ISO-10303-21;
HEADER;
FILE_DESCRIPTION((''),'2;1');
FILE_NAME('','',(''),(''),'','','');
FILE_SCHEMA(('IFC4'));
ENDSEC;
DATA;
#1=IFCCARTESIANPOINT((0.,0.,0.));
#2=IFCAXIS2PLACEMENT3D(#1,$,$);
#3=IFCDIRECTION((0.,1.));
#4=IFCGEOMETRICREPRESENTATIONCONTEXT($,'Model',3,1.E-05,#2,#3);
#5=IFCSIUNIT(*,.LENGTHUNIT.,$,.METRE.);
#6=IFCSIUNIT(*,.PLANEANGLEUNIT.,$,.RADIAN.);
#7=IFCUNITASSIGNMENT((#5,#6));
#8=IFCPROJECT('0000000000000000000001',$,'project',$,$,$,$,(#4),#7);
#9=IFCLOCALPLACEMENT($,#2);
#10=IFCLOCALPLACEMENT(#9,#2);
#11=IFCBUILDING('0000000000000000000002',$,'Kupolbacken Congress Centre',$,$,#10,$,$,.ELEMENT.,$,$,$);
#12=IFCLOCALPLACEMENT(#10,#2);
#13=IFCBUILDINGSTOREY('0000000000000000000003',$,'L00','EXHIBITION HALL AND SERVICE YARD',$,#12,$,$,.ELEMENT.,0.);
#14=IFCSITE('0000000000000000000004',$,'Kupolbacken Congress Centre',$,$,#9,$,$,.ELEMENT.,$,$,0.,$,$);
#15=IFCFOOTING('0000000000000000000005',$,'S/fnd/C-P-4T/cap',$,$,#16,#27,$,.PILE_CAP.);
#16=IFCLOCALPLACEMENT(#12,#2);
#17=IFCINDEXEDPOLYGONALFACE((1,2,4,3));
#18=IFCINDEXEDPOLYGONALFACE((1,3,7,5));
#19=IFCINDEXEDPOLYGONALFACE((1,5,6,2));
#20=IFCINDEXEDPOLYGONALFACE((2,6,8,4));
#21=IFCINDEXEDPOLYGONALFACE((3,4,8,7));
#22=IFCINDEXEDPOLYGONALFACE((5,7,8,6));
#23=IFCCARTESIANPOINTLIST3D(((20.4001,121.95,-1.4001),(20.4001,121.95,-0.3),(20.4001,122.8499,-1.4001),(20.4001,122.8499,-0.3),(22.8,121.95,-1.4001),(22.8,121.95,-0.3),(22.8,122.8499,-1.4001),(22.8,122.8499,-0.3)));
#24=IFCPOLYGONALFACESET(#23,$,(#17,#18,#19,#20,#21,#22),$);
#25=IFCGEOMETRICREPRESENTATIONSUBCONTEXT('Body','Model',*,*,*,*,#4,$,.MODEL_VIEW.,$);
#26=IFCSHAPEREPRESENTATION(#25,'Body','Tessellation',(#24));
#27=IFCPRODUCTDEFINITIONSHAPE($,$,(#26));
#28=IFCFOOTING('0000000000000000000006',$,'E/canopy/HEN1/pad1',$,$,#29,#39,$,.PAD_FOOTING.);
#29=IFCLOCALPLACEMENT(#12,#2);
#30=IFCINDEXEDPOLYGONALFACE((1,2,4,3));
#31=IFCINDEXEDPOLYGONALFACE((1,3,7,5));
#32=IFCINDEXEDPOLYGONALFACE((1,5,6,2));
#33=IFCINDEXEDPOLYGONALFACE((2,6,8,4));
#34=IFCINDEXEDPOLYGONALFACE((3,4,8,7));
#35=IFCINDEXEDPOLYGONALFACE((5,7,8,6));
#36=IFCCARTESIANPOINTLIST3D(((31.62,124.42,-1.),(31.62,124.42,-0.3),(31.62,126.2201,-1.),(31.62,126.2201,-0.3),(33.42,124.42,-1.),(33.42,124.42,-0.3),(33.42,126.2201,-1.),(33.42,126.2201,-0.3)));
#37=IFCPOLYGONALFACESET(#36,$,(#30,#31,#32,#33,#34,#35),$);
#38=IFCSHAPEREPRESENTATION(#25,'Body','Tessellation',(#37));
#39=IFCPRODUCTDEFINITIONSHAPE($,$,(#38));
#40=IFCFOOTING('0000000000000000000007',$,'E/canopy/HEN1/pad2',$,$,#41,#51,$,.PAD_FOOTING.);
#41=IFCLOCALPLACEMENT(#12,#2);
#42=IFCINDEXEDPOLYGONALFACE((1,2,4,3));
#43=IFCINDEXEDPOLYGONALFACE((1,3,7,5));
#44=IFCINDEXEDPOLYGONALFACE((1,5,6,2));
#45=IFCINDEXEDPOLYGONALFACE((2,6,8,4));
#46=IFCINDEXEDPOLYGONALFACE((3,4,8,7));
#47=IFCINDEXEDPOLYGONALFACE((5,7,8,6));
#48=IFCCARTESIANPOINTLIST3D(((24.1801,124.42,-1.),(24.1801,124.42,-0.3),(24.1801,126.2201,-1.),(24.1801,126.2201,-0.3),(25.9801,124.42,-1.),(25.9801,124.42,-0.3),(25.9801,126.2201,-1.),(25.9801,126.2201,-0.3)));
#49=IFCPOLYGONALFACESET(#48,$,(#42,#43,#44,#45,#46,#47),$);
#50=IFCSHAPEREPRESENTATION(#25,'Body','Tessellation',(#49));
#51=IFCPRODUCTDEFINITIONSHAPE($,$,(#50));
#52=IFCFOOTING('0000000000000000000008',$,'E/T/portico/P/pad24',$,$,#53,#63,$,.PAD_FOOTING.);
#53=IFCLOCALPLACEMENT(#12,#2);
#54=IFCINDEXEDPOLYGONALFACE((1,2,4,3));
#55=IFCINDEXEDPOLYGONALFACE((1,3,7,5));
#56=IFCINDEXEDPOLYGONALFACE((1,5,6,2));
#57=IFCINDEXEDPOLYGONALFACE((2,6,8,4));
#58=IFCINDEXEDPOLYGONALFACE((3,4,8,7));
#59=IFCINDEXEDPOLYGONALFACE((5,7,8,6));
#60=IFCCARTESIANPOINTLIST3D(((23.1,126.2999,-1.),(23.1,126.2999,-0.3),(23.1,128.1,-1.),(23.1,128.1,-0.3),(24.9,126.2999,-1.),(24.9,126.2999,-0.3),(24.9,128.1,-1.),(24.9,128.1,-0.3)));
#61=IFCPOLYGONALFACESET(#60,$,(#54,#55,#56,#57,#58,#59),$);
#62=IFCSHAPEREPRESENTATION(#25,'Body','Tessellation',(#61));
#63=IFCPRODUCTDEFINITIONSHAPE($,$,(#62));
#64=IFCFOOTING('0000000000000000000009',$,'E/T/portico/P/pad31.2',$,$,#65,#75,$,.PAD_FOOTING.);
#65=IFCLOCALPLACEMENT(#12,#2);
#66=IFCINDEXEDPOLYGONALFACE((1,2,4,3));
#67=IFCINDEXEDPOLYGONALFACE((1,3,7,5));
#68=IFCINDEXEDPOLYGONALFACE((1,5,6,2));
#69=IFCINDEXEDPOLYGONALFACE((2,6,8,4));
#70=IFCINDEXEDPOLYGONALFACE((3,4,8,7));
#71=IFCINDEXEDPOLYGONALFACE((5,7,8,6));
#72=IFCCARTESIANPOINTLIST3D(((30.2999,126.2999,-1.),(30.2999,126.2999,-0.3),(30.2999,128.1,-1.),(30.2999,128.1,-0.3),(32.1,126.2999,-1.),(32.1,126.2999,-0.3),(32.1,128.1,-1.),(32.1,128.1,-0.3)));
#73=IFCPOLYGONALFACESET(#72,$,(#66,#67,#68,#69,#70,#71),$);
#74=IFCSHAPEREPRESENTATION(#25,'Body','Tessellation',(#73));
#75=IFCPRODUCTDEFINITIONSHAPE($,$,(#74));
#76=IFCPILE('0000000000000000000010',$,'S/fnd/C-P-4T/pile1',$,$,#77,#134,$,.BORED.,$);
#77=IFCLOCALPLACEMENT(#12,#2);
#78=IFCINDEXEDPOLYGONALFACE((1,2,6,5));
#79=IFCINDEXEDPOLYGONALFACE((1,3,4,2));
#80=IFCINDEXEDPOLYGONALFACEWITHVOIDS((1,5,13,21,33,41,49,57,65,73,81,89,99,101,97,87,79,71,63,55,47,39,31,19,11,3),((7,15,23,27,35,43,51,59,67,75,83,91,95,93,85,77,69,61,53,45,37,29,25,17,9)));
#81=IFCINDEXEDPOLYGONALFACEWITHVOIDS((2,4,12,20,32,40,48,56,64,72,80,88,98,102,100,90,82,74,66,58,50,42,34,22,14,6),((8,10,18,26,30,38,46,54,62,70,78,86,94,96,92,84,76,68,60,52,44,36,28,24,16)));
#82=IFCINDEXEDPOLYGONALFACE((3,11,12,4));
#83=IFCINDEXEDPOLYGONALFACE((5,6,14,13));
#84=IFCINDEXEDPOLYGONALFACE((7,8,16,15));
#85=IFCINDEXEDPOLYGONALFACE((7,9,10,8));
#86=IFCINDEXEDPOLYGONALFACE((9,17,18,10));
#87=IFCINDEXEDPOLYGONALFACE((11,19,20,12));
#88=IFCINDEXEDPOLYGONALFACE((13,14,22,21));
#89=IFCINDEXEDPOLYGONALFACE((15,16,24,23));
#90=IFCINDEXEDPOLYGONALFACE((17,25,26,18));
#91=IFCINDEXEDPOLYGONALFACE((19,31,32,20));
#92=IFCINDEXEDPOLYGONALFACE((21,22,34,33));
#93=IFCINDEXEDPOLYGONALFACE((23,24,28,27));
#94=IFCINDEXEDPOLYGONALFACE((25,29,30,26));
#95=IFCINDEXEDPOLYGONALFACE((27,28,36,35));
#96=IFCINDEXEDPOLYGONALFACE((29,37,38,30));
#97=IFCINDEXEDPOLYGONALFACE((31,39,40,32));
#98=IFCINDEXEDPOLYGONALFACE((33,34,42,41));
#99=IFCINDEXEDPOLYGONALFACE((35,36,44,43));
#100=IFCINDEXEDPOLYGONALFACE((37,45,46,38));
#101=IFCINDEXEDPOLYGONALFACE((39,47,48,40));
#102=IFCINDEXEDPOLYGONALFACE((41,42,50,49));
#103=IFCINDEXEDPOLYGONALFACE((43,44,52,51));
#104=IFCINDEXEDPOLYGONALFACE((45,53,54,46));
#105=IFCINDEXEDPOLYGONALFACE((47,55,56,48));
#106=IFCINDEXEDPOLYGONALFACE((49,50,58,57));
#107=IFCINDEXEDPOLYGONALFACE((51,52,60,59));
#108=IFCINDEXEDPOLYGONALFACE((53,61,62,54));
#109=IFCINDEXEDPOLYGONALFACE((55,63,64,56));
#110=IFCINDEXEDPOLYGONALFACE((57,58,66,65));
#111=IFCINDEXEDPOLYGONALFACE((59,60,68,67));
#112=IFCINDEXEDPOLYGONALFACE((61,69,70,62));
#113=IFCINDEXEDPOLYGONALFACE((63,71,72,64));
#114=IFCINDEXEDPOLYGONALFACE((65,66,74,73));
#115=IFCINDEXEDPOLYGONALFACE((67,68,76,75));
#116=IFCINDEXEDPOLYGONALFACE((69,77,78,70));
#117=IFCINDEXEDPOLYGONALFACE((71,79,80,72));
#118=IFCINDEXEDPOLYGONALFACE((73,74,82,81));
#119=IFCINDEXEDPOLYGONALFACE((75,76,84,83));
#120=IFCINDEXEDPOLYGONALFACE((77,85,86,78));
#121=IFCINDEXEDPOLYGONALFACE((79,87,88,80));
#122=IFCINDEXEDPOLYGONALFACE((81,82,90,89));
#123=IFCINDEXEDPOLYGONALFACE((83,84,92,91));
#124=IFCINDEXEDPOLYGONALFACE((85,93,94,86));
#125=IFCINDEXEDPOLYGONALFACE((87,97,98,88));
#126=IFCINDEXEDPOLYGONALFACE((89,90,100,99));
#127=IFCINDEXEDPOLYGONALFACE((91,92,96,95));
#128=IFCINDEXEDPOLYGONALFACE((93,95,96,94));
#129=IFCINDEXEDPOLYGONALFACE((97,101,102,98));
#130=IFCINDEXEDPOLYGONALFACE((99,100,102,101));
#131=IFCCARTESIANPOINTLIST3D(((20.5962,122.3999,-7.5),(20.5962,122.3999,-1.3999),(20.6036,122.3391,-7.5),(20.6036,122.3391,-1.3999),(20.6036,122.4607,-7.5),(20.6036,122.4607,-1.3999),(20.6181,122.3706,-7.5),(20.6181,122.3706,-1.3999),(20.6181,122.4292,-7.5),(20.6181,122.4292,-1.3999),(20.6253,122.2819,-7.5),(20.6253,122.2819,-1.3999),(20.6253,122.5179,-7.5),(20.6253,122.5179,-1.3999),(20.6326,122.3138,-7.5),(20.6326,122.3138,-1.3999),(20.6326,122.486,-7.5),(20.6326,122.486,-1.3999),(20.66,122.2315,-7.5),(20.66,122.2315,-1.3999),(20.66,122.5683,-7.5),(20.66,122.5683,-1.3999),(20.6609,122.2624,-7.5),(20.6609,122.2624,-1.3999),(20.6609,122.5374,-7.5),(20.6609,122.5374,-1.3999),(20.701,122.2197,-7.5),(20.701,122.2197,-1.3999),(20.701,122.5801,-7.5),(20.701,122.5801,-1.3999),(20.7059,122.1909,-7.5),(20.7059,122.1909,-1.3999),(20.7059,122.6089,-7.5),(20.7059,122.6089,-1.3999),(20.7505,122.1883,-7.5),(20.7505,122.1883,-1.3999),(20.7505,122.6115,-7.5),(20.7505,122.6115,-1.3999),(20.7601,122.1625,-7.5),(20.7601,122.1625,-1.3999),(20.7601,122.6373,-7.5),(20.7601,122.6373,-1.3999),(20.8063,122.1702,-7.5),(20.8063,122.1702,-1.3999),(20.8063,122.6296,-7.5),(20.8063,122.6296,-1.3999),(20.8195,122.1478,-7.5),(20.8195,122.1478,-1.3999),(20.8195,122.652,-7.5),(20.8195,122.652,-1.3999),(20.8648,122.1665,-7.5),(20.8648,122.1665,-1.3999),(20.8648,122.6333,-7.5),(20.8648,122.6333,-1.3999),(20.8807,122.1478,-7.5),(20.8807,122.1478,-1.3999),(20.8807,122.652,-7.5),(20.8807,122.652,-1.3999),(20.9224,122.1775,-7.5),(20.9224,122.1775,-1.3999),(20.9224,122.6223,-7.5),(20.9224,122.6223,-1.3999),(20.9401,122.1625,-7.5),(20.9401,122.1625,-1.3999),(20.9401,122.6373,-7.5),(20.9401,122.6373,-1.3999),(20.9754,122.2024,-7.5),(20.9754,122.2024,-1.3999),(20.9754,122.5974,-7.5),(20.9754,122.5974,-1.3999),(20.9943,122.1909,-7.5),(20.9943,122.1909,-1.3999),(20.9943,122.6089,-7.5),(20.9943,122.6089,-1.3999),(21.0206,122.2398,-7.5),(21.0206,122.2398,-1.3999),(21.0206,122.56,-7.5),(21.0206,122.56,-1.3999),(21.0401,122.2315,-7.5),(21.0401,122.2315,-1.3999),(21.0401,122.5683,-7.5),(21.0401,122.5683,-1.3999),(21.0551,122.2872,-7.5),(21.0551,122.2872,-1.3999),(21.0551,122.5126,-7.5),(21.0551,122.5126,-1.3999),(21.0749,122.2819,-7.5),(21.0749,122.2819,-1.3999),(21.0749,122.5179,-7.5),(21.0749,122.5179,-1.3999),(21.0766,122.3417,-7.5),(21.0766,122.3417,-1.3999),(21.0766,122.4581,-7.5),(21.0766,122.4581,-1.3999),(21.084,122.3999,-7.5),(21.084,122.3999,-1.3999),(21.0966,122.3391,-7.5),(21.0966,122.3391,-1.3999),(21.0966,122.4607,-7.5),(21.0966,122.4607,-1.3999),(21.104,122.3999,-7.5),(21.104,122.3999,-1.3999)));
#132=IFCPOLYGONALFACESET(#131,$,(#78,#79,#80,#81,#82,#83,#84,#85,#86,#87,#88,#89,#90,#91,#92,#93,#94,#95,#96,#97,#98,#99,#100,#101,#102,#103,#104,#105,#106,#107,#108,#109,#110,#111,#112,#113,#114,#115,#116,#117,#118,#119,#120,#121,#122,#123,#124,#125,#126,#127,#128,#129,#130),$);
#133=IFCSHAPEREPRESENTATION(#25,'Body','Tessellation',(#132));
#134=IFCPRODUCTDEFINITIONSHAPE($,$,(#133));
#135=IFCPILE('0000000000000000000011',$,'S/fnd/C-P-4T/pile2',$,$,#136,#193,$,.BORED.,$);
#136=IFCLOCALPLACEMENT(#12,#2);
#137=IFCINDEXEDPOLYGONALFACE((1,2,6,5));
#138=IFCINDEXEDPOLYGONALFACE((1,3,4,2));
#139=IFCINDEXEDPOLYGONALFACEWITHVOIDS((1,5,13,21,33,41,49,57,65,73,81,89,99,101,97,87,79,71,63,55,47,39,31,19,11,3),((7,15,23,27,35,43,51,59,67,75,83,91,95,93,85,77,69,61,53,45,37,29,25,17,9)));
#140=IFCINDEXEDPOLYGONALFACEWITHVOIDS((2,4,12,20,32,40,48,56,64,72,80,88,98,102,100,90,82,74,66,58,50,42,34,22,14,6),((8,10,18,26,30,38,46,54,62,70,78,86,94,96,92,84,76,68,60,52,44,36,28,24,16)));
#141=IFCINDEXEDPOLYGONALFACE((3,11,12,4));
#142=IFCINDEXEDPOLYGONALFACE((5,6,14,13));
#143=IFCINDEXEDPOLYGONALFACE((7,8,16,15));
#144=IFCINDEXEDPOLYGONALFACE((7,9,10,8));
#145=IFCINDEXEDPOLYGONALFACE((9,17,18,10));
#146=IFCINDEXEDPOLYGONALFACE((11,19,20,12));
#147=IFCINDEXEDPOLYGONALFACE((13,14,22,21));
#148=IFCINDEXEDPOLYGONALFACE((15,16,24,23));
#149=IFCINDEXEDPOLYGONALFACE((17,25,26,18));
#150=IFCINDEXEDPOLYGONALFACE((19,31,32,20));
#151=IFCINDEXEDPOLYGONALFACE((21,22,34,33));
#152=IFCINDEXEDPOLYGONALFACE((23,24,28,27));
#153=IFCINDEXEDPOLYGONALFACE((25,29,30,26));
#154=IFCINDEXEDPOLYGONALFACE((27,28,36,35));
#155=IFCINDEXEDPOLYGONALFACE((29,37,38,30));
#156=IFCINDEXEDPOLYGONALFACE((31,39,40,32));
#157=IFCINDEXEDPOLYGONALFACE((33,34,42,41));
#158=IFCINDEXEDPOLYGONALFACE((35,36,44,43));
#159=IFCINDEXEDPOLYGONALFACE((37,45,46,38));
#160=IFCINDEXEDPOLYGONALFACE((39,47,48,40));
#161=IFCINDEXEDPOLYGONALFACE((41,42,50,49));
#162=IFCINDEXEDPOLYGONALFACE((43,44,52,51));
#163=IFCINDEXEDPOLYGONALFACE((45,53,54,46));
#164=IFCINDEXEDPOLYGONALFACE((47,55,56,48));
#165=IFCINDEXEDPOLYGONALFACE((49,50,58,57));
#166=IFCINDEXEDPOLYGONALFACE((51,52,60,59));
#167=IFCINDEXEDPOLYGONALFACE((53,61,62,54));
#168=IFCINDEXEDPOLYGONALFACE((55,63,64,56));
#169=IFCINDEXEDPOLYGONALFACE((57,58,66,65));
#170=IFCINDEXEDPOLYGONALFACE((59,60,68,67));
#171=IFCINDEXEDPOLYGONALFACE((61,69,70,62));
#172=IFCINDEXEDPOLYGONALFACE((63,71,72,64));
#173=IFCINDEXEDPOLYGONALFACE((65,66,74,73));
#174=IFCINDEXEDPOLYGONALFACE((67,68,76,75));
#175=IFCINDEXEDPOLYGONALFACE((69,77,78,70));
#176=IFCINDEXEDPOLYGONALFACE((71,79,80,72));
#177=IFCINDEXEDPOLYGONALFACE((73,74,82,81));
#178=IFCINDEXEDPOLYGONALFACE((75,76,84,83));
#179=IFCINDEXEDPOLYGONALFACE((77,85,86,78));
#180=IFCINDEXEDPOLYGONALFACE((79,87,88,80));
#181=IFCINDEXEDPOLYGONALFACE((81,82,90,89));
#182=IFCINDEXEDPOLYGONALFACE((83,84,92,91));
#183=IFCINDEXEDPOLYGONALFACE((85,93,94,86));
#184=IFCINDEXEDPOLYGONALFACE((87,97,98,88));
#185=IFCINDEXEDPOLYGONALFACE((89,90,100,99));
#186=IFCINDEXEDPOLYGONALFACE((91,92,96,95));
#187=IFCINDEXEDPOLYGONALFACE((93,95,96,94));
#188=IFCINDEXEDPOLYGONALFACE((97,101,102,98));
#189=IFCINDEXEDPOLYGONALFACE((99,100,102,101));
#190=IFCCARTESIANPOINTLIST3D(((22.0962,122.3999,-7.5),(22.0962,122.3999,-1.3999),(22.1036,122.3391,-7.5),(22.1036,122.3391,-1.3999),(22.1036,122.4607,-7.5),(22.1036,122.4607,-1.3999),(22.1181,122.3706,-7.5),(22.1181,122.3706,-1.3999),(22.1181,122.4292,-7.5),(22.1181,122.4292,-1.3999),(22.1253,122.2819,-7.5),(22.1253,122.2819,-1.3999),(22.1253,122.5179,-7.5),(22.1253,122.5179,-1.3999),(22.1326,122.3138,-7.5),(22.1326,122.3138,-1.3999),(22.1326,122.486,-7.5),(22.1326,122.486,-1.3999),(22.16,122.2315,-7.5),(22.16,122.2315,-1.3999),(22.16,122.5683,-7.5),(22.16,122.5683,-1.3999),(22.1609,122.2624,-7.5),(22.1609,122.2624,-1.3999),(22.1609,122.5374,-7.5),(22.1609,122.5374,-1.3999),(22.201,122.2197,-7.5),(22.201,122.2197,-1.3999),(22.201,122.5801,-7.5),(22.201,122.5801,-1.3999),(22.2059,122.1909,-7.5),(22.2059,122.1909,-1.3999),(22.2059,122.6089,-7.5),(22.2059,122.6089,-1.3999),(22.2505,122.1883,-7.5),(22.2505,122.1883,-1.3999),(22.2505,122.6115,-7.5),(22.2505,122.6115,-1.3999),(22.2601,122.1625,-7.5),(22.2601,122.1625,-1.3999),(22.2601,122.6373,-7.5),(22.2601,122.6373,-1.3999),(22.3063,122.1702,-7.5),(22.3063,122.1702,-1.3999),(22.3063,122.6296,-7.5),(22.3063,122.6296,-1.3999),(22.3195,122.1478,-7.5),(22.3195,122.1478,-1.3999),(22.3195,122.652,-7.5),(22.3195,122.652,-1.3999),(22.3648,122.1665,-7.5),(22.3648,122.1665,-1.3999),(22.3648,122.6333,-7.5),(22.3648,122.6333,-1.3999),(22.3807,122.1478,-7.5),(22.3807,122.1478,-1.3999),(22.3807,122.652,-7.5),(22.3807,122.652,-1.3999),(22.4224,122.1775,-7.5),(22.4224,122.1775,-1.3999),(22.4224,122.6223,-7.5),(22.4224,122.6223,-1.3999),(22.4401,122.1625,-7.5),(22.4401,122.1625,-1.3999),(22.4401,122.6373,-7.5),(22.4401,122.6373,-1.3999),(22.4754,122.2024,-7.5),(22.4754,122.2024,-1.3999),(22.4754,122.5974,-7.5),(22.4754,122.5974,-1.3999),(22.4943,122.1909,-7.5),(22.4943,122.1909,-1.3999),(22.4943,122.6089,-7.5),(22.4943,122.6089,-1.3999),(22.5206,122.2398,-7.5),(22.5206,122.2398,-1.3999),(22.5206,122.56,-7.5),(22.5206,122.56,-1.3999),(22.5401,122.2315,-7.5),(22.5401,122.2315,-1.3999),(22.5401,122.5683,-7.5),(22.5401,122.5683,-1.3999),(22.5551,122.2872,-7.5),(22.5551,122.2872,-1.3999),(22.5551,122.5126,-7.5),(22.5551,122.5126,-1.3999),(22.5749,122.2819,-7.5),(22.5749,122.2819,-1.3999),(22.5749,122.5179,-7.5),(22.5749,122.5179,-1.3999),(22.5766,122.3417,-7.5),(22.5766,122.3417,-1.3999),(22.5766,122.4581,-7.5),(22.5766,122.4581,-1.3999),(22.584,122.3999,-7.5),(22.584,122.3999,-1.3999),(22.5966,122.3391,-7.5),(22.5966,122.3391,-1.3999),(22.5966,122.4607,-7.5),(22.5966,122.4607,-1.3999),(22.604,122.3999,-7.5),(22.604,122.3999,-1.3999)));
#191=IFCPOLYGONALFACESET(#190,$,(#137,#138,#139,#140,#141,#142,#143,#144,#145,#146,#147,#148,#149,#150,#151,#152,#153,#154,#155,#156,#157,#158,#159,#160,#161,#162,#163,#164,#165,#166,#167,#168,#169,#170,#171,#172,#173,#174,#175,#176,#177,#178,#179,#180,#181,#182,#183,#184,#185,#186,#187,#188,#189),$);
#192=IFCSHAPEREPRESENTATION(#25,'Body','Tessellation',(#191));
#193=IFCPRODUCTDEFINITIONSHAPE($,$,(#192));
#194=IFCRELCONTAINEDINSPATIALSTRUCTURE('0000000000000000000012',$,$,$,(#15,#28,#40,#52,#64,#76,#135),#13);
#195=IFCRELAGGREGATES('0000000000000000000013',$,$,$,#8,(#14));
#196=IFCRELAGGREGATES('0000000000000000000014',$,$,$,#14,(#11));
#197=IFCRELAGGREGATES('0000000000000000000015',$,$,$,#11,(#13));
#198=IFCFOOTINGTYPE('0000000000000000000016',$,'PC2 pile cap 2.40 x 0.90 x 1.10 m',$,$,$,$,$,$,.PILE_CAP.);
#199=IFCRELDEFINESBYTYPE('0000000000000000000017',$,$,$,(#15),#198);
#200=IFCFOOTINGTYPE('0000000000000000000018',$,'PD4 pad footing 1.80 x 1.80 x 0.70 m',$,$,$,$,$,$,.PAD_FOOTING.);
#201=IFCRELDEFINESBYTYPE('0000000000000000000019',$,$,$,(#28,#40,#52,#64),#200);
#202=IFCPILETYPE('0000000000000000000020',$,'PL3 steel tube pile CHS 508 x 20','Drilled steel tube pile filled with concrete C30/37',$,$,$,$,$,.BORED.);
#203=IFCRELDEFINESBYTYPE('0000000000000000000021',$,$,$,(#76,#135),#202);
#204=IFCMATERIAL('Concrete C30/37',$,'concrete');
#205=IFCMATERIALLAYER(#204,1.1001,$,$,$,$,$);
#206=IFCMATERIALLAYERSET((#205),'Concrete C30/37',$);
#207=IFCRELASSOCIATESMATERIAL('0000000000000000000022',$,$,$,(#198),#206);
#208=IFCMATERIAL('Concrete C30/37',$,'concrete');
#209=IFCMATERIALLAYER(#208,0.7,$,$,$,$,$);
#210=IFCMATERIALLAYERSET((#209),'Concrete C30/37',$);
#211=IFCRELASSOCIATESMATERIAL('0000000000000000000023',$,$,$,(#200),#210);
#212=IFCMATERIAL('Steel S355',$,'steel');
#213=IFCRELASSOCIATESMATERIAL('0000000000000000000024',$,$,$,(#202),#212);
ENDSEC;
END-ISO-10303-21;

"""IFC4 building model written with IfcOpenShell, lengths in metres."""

from ifc_helpers import new_model, si_unit, direction, frame, origin, origin_2d, place, context, subcontext, project, spatial, rectangle, hollow_circle, extrude, material, layer, layer_set, material_profile, profile_set, type_object, element, save


model = new_model("IFC4")

# Units and contexts
model_context = context("Model", 3, precision=1e-05, world=origin(), true_north=direction((0.0, 1.0)))
body_context = subcontext(model_context, "Body", "Model", "MODEL_VIEW")
ifc_project = project(units=[si_unit("LENGTHUNIT", "METRE"), si_unit("PLANEANGLEUNIT", "RADIAN")], contexts=[model_context])

# Site, building, storey
site_placement = place(None, origin())
site = spatial("IfcSite", under=ifc_project, at=site_placement, Name="Kupolbacken Congress Centre", CompositionType="ELEMENT", RefElevation=0.0)
building_placement = place(site_placement, origin())
building = spatial("IfcBuilding", under=site, at=building_placement, Name="Kupolbacken Congress Centre", CompositionType="ELEMENT")
storey_placement = place(building_placement, origin())
storey = spatial("IfcBuildingStorey", under=building, at=storey_placement, Name="L00", Description="EXHIBITION HALL AND SERVICE YARD", CompositionType="ELEMENT", Elevation=0.0)

# Footings
ifc_material_1 = material(Name="Concrete C30/37", Category="concrete")
ifc_layer_1 = layer(ifc_material_1, 1.1001)
ifc_layer_set_1 = layer_set([ifc_layer_1], Name="Concrete C30/37")
footing_type_1 = type_object("IfcFootingType", Name="PC2 pile cap 2.40 x 0.90 x 1.10 m", PredefinedType="PILE_CAP", material=ifc_layer_set_1)
footing_1_placement = place(storey_placement, frame((21.6001, 122.3999, -1.4001), z_axis=(0.0, 0.0, 1.0), x_axis=(1.0, 0.0, 0.0)))
element("IfcFooting", 1, at=footing_1_placement, inside=storey, type_object=footing_type_1, Name="S/fnd/C-P-4T/cap", PredefinedType="PILE_CAP", context=body_context, shape_type="SweptSolid", body=[
    extrude(rectangle(XDim=2.3999, YDim=0.8999, at=origin_2d()), origin(), (0.0, 0.0, 1.0), 1.1001),
])
ifc_material_2 = material(Name="Concrete C30/37", Category="concrete")
ifc_layer_2 = layer(ifc_material_2, 0.7)
ifc_layer_set_2 = layer_set([ifc_layer_2], Name="Concrete C30/37")
footing_type_2 = type_object("IfcFootingType", Name="PD4 pad footing 1.80 x 1.80 x 0.70 m", PredefinedType="PAD_FOOTING", material=ifc_layer_set_2)
for number, where, z_axis, x_axis, name in (
    (2, (32.52, 125.3201, -1.0), (0.0, 0.0, 1.0), (1.0, 0.0, 0.0), "E/canopy/HEN1/pad1"),
    (3, (25.0801, 125.3201, -1.0), (0.0, 0.0, 1.0), (1.0, 0.0, 0.0), "E/canopy/HEN1/pad2"),
    (4, (24.0, 127.2, -1.0), (0.0, 0.0, 1.0), (1.0, 0.0, 0.0), "E/T/portico/P/pad24"),
    (5, (31.2, 127.2, -1.0), (0.0, 0.0, 1.0), (1.0, 0.0, 0.0), "E/T/portico/P/pad31.2"),
):
    element("IfcFooting", number, at=place(storey_placement, frame(where, z_axis=z_axis, x_axis=x_axis)), inside=storey, type_object=footing_type_2, Name=name, PredefinedType="PAD_FOOTING", context=body_context, shape_type="SweptSolid", body=[
        extrude(rectangle(XDim=1.8, YDim=1.8, at=origin_2d()), origin(), (0.0, 0.0, 1.0), 0.7),
    ])

# Piles
ifc_material_3 = material(Name="Steel S355", Category="steel")
ifc_material_profile_1 = material_profile(ifc_material_3, hollow_circle(Radius=0.2539, WallThickness=0.02, at=origin_2d()), Name="CHS 508 x 20")
ifc_profile_set_1 = profile_set([ifc_material_profile_1], Name="Steel S355")
pile_type = type_object("IfcPileType", Name="PL3 steel tube pile CHS 508 x 20", Description="Drilled steel tube pile filled with concrete C30/37", PredefinedType="BORED", material=ifc_profile_set_1)
for number, where, z_axis, x_axis, name in (
    (6, (20.8501, 122.3999, -1.3999), (0.0, 0.0, -1.0), (1.0, 0.0, 0.0), "S/fnd/C-P-4T/pile1"),
    (7, (22.3501, 122.3999, -1.3999), (0.0, 0.0, -1.0), (1.0, 0.0, 0.0), "S/fnd/C-P-4T/pile2"),
):
    element("IfcPile", number, at=place(storey_placement, frame(where, z_axis=z_axis, x_axis=x_axis)), inside=storey, type_object=pile_type, Name=name, PredefinedType="BORED", context=body_context, shape_type="SweptSolid", body=[
        extrude(hollow_circle(Radius=0.2539, WallThickness=0.02, at=origin_2d()), origin(), (0.0, 0.0, 1.0), 6.1001),
    ])

save(model, "model.ifc")
